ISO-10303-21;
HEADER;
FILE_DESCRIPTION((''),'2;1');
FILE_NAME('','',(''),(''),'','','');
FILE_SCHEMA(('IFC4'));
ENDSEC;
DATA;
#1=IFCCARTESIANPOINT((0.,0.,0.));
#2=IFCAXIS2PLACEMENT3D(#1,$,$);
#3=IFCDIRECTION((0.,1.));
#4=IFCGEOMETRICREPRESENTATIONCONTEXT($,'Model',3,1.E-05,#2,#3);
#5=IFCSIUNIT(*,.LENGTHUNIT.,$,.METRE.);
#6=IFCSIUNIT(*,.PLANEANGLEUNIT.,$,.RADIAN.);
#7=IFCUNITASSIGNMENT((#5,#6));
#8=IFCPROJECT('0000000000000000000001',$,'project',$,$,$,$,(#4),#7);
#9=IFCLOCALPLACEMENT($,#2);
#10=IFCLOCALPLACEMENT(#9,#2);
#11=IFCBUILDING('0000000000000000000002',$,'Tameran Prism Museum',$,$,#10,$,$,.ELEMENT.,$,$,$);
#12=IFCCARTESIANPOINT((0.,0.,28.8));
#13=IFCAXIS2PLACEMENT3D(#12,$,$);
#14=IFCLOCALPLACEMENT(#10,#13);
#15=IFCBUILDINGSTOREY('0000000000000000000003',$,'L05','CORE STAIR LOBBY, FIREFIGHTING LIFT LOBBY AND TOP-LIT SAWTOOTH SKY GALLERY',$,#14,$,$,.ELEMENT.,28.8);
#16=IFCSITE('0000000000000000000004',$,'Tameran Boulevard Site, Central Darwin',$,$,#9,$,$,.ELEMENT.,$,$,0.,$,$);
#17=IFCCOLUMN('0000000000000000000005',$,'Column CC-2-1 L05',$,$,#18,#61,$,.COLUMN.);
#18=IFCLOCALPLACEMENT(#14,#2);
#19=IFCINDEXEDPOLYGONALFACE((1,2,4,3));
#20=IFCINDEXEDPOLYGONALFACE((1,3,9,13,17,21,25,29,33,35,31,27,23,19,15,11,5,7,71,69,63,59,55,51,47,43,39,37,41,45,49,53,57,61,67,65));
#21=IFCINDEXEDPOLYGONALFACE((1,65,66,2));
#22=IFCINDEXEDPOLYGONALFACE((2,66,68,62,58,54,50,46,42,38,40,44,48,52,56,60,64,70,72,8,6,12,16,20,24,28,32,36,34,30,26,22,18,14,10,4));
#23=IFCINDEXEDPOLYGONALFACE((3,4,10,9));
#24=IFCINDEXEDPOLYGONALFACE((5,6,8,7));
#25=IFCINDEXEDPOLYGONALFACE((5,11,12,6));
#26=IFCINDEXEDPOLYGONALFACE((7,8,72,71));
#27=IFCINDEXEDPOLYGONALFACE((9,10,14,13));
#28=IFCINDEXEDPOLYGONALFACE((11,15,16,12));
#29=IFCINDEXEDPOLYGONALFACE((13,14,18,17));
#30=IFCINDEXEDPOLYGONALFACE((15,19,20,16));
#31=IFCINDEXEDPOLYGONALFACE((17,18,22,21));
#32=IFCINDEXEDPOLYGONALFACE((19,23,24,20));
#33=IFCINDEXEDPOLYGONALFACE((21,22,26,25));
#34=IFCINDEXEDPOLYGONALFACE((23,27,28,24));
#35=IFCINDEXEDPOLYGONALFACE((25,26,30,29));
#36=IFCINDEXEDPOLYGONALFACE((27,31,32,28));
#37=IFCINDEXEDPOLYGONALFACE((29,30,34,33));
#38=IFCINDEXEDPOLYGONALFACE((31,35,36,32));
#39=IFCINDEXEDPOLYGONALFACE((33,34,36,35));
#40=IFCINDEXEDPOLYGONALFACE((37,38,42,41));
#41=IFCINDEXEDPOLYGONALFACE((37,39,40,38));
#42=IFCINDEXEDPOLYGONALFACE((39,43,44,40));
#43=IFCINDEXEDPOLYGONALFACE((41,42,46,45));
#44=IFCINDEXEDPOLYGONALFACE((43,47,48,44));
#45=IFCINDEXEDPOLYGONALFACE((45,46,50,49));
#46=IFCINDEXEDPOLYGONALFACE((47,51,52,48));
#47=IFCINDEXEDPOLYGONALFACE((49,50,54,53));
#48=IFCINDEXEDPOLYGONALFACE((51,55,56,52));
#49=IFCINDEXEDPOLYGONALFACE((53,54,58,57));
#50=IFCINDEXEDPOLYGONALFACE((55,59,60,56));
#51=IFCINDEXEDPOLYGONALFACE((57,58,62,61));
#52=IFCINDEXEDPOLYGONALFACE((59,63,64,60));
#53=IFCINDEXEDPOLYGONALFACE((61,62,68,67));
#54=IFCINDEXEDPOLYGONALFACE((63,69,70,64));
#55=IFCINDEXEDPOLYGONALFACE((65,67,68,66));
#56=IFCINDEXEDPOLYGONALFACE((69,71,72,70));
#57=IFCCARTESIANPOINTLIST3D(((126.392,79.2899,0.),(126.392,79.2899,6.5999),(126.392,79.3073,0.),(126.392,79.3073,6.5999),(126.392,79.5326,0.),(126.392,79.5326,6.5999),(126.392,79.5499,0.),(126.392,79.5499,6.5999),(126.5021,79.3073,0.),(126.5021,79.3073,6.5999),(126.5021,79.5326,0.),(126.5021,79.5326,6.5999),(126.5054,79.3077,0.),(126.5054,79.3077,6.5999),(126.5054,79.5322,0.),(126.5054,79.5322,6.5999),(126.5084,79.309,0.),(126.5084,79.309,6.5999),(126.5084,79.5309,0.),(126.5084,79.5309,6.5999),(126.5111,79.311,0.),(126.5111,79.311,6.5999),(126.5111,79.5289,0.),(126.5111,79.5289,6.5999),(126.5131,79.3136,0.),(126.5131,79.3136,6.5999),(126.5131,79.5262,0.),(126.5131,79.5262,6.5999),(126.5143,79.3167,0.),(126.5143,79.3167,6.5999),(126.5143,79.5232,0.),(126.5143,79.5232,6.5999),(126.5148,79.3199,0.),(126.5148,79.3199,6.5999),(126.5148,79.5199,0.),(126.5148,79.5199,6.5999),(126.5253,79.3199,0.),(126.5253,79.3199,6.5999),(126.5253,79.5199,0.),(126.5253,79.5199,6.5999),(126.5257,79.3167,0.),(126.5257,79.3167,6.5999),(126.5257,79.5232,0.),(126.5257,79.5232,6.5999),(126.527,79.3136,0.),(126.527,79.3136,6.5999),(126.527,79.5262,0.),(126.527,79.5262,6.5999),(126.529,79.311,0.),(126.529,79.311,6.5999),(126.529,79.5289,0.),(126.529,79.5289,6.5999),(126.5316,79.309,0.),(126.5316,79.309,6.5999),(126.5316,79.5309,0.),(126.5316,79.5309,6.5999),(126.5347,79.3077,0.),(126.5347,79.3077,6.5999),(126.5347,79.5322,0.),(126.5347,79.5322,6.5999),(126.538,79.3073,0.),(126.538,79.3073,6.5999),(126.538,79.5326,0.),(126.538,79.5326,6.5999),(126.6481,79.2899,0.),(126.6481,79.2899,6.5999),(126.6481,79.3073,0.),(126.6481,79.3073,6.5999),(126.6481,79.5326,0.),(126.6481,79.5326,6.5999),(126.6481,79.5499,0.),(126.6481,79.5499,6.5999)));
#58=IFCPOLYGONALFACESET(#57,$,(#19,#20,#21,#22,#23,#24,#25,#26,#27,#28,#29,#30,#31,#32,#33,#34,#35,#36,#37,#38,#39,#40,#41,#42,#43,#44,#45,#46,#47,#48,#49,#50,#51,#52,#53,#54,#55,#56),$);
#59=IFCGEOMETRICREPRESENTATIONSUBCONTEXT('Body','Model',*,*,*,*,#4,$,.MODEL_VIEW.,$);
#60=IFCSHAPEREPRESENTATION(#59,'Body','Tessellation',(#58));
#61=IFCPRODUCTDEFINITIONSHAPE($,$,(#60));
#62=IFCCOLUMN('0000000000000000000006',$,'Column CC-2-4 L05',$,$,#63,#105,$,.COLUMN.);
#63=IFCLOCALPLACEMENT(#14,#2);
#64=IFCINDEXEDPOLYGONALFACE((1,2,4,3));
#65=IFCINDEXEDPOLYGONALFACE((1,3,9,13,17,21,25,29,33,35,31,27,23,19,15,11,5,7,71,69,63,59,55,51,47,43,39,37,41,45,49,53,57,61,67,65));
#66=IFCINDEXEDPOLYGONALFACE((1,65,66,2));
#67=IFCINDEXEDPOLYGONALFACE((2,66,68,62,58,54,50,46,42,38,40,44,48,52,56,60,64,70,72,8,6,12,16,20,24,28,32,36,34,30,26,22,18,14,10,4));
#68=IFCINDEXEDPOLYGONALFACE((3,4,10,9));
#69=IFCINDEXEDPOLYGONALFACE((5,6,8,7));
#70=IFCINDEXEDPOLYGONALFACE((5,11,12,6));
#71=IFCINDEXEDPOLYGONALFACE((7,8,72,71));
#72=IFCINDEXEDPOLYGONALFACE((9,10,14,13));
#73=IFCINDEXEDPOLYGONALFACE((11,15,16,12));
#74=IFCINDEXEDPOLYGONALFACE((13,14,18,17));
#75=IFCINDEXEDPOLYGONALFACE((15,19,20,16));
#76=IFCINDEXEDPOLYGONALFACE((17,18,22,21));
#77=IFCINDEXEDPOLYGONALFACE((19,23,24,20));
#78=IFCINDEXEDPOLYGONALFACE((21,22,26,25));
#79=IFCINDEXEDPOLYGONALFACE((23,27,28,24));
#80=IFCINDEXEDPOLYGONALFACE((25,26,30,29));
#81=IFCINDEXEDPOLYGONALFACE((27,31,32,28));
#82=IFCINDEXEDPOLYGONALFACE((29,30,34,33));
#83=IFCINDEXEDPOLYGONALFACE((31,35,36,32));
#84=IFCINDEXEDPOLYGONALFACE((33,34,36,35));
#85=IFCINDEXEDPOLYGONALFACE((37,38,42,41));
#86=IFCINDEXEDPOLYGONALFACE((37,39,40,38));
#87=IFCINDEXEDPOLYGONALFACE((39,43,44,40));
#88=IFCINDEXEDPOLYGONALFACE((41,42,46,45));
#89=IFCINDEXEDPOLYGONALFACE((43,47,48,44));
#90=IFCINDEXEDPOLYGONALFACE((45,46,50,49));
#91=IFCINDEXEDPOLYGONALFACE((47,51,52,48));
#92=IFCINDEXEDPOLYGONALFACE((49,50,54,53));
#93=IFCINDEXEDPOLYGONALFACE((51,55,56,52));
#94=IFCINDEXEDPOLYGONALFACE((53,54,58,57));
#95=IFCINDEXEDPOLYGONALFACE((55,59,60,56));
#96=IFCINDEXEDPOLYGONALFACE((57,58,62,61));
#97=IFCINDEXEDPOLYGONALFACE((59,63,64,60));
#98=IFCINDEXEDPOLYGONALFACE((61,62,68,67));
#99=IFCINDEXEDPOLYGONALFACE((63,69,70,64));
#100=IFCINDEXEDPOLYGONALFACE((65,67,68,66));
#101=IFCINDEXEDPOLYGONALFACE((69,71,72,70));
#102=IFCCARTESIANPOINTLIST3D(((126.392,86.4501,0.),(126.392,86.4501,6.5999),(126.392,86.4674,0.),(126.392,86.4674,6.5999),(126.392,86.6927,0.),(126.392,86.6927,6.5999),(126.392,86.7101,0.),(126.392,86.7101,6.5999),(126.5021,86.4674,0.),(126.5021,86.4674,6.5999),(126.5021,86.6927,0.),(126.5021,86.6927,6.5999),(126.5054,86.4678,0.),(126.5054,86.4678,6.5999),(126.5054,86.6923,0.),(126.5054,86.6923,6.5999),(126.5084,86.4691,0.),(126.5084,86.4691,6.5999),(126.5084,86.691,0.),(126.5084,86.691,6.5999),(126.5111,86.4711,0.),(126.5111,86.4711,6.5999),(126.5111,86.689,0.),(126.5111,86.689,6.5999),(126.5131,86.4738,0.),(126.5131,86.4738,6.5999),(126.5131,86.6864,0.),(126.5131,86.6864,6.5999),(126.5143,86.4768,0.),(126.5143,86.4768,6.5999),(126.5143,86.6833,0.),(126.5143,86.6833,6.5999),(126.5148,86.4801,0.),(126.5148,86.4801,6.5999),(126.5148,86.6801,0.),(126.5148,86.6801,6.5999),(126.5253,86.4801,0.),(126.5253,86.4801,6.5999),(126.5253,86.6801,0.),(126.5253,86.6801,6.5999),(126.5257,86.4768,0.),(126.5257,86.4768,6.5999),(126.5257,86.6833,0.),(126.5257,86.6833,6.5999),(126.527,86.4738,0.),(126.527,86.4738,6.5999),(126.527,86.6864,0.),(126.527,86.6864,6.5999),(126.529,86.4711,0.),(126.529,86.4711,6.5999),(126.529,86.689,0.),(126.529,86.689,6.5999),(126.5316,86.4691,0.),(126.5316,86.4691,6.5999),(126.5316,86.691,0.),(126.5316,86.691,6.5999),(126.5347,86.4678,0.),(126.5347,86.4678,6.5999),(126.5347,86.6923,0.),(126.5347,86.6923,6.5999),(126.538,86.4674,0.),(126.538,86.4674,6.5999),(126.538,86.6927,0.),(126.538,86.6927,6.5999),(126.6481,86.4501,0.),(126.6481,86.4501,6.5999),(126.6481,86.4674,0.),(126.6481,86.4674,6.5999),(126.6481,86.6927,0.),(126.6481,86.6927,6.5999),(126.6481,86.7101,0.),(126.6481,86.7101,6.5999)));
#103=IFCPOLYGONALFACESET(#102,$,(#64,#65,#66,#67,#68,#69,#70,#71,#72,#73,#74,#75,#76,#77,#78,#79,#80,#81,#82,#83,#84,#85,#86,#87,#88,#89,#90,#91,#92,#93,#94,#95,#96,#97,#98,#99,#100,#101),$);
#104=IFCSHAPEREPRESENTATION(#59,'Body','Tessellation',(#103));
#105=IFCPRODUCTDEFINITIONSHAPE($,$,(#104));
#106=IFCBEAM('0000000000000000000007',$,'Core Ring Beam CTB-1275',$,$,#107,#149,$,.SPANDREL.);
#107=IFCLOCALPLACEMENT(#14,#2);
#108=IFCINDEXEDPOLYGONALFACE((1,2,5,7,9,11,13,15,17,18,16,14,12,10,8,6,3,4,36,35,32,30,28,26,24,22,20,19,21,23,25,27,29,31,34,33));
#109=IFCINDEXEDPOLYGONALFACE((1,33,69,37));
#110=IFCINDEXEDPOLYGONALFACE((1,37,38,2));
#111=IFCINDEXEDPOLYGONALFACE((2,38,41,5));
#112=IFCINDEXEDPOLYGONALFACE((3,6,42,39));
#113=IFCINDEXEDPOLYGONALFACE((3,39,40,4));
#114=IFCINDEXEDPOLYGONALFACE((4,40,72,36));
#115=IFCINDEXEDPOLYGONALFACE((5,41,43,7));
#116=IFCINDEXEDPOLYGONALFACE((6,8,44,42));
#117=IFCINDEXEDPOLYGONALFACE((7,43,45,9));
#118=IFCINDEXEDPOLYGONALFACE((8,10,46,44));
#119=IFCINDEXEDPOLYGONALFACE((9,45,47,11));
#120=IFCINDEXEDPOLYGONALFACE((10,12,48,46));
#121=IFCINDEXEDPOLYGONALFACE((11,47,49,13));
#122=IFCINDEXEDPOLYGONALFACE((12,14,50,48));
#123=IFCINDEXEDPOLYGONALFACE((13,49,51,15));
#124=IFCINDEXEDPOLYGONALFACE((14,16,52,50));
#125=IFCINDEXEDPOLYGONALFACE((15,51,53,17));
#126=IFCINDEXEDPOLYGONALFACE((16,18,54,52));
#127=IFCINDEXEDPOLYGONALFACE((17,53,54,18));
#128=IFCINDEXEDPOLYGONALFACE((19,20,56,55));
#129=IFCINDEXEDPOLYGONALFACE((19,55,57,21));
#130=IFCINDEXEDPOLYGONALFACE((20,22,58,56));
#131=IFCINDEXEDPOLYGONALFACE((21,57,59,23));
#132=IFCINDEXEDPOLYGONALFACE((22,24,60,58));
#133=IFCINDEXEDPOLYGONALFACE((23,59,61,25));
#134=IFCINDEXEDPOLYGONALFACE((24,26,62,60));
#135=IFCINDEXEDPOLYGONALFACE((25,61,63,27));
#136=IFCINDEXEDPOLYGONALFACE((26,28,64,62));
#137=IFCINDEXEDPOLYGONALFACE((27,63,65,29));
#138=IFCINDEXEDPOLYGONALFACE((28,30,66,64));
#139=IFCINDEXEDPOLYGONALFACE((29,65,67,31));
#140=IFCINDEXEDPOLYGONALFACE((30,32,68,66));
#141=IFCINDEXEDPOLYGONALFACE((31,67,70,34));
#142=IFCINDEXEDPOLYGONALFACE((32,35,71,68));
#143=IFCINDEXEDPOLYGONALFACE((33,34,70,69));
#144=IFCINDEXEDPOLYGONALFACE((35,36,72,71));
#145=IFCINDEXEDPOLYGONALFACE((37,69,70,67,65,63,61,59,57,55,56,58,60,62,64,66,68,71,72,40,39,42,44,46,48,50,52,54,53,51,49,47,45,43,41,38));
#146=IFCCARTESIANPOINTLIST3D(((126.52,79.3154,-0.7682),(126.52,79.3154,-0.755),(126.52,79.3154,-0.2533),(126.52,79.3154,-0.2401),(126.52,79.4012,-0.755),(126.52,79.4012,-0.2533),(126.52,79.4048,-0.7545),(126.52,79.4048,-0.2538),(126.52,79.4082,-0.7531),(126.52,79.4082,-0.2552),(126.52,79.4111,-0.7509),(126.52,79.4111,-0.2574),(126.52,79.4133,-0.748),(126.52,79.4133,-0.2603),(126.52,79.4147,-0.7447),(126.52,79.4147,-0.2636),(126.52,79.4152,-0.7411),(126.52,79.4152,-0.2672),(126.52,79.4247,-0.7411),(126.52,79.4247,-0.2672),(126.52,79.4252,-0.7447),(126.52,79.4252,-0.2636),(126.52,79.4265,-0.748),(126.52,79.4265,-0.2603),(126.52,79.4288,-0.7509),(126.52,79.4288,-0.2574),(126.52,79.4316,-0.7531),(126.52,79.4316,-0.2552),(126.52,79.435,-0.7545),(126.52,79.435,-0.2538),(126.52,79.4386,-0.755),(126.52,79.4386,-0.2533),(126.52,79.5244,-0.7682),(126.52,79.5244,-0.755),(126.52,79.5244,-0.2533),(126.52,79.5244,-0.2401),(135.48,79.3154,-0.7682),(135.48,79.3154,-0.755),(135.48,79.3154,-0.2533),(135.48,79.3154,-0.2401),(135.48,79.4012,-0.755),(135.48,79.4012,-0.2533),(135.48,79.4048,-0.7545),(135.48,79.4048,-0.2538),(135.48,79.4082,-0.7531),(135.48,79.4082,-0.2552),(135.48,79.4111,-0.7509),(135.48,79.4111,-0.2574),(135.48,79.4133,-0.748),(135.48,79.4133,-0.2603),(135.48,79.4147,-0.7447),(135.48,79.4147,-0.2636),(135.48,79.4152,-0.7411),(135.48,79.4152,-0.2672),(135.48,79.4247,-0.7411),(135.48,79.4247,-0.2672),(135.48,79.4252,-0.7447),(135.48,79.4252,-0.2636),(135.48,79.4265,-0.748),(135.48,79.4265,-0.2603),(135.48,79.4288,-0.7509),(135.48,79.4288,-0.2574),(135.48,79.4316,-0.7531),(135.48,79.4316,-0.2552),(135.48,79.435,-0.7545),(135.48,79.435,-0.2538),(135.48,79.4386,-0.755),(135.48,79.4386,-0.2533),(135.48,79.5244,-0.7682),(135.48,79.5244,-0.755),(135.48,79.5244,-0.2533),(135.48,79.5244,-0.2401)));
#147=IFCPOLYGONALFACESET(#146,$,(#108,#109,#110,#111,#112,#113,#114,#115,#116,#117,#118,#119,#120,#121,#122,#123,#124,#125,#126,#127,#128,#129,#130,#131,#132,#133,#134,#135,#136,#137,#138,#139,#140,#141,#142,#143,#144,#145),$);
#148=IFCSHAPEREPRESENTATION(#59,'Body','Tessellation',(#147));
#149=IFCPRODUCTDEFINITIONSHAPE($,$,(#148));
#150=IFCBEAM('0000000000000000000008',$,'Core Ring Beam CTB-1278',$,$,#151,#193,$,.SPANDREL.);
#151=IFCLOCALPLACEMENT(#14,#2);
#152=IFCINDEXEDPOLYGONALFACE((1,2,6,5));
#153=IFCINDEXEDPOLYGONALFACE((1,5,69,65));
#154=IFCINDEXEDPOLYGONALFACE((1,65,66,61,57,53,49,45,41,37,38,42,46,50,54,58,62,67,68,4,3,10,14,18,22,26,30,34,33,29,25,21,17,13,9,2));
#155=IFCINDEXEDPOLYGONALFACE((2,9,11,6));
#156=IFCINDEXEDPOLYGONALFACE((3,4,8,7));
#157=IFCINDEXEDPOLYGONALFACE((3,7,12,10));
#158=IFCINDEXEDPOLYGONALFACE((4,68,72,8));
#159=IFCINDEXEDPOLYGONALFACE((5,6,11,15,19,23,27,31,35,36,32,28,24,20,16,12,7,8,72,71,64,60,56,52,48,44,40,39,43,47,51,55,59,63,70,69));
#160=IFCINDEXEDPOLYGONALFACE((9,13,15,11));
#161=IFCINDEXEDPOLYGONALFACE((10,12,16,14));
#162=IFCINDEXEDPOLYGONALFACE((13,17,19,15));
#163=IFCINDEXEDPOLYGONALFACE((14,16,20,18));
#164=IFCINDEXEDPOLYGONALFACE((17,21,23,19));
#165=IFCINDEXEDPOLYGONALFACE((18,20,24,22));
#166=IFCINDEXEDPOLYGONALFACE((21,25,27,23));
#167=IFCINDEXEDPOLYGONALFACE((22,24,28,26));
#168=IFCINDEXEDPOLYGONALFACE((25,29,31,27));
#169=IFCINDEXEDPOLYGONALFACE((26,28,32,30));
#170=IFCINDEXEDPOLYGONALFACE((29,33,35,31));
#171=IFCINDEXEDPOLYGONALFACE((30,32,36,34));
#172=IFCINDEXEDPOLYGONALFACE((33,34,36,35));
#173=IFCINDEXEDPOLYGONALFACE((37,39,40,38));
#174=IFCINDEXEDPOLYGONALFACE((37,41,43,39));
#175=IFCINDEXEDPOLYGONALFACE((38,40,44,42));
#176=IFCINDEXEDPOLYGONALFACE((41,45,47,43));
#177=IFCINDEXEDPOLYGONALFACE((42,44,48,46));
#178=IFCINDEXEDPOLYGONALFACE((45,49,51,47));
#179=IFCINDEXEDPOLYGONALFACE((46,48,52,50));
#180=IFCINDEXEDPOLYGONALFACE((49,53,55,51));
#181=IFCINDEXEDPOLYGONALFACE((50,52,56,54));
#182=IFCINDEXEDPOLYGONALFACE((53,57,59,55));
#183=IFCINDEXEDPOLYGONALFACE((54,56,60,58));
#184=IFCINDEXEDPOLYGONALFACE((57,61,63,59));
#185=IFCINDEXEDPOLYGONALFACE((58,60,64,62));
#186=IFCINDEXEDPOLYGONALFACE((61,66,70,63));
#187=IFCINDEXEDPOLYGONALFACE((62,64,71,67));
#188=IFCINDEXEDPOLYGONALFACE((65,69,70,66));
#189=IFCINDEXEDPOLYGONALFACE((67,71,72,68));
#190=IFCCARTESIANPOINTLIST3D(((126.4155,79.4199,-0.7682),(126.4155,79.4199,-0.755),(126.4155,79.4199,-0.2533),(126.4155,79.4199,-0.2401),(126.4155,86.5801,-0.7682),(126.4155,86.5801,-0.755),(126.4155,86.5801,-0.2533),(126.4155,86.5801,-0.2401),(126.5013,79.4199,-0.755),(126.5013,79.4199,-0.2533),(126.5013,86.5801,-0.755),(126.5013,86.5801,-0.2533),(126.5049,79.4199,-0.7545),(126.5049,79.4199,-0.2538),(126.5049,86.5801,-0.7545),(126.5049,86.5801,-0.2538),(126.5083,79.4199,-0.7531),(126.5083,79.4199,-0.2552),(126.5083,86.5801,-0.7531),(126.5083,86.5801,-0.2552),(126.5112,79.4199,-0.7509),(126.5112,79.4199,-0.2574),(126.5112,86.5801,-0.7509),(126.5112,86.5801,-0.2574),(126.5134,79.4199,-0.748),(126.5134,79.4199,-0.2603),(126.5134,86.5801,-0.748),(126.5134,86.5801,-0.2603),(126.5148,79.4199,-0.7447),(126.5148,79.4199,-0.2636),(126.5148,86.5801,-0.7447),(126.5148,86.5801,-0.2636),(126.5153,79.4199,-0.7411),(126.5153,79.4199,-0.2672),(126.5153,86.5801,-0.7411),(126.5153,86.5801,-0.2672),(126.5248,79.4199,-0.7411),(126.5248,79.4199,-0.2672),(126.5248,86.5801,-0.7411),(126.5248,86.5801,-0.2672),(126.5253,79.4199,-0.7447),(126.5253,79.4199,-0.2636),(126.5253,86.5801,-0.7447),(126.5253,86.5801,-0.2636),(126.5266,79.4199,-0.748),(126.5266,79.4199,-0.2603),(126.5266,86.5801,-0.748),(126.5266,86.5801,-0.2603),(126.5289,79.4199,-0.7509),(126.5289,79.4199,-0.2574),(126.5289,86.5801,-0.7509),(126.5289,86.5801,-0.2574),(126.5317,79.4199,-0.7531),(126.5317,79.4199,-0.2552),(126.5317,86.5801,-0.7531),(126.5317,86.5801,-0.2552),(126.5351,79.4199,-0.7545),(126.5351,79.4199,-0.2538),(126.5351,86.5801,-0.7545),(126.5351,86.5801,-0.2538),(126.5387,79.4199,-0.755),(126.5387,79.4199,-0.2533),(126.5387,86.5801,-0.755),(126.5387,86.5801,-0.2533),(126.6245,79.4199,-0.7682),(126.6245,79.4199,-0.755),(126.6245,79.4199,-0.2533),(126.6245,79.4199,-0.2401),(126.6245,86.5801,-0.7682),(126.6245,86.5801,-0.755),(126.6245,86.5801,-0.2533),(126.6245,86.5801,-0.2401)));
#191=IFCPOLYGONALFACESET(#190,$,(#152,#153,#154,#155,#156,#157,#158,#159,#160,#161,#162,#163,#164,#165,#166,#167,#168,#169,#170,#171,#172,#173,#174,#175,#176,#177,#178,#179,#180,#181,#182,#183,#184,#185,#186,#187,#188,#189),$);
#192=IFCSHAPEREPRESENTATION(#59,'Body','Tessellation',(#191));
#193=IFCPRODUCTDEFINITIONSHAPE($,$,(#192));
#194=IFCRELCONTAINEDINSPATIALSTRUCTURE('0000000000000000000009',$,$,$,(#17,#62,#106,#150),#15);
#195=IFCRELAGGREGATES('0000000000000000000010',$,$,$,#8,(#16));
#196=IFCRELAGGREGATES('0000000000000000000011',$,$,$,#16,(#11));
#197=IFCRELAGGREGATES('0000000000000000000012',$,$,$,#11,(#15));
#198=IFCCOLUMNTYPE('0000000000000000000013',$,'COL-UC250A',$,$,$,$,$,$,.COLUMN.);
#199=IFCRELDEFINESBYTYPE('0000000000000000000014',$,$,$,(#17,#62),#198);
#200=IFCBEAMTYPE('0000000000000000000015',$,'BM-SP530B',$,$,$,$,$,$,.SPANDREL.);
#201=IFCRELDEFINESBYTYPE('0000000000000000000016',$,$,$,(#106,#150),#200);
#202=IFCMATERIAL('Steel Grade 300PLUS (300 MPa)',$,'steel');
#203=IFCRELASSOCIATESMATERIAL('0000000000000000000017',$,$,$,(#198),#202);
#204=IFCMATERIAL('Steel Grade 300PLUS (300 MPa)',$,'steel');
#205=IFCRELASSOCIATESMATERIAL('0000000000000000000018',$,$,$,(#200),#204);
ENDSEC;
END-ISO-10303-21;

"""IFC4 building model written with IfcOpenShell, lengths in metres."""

from ifc_helpers import new_model, si_unit, direction, frame, origin, origin_2d, place, context, subcontext, project, spatial, i_section, extrude, material, material_profile, profile_set, type_object, element, save


model = new_model("IFC4")

# Units and contexts
model_context = context("Model", 3, precision=1e-05, world=origin(), true_north=direction((0.0, 1.0)))
body_context = subcontext(model_context, "Body", "Model", "MODEL_VIEW")
ifc_project = project(units=[si_unit("LENGTHUNIT", "METRE"), si_unit("PLANEANGLEUNIT", "RADIAN")], contexts=[model_context])

# Site, building, storey
site_placement = place(None, origin())
site = spatial("IfcSite", under=ifc_project, at=site_placement, Name="Tameran Boulevard Site, Central Darwin", CompositionType="ELEMENT", RefElevation=0.0)
building_placement = place(site_placement, origin())
building = spatial("IfcBuilding", under=site, at=building_placement, Name="Tameran Prism Museum", CompositionType="ELEMENT")
storey_placement = place(building_placement, frame((0.0, 0.0, 28.8)))
storey = spatial("IfcBuildingStorey", under=building, at=storey_placement, Name="L05", Description="CORE STAIR LOBBY, FIREFIGHTING LIFT LOBBY AND TOP-LIT SAWTOOTH SKY GALLERY", CompositionType="ELEMENT", Elevation=28.8)

# Columns
ifc_material_1 = material(Name="Steel Grade 300PLUS (300 MPa)", Category="steel")
ifc_material_profile_1 = material_profile(ifc_material_1, i_section(OverallWidth=0.2561, OverallDepth=0.26, WebThickness=0.0105, FlangeThickness=0.0173, FilletRadius=0.0127, at=origin_2d()))
ifc_profile_set_1 = profile_set([ifc_material_profile_1])
column_type = type_object("IfcColumnType", Name="COL-UC250A", PredefinedType="COLUMN", material=ifc_profile_set_1)
for number, where, z_axis, x_axis, name in (
    (1, (126.52, 79.4199, 0.0), (0.0, 0.0, 1.0), (1.0, 0.0, 0.0), "Column CC-2-1 L05"),
    (2, (126.52, 86.5801, 0.0), (0.0, 0.0, 1.0), (1.0, 0.0, 0.0), "Column CC-2-4 L05"),
):
    element("IfcColumn", number, at=place(storey_placement, frame(where, z_axis=z_axis, x_axis=x_axis)), inside=storey, type_object=column_type, Name=name, PredefinedType="COLUMN", context=body_context, shape_type="SweptSolid", body=[
        extrude(i_section(OverallWidth=0.2561, OverallDepth=0.26, WebThickness=0.0105, FlangeThickness=0.0173, FilletRadius=0.0127, at=origin_2d()), origin(), (0.0, 0.0, 1.0), 6.5999),
    ])

# Beams
ifc_material_2 = material(Name="Steel Grade 300PLUS (300 MPa)", Category="steel")
ifc_material_profile_2 = material_profile(ifc_material_2, i_section(OverallWidth=0.209, OverallDepth=0.5281, WebThickness=0.0095, FlangeThickness=0.0132, FilletRadius=0.0139, at=origin_2d()))
ifc_profile_set_2 = profile_set([ifc_material_profile_2])
beam_type = type_object("IfcBeamType", Name="BM-SP530B", PredefinedType="SPANDREL", material=ifc_profile_set_2)
beam_1_placement = place(storey_placement, frame((126.52, 79.4199, -0.5042), z_axis=(1.0, 0.0, 0.0), x_axis=(0.0, 1.0, 0.0)))
element("IfcBeam", 3, at=beam_1_placement, inside=storey, type_object=beam_type, Name="Core Ring Beam CTB-1275", PredefinedType="SPANDREL", context=body_context, shape_type="SweptSolid", body=[
    extrude(i_section(OverallWidth=0.209, OverallDepth=0.5281, WebThickness=0.0095, FlangeThickness=0.0132, FilletRadius=0.0139, at=origin_2d()), origin(), (0.0, 0.0, 1.0), 8.96),
])
beam_2_placement = place(storey_placement, frame((126.52, 86.5801, -0.5042), z_axis=(0.0, -1.0, 0.0), x_axis=(1.0, 0.0, 0.0)))
element("IfcBeam", 4, at=beam_2_placement, inside=storey, type_object=beam_type, Name="Core Ring Beam CTB-1278", PredefinedType="SPANDREL", context=body_context, shape_type="SweptSolid", body=[
    extrude(i_section(OverallWidth=0.209, OverallDepth=0.5281, WebThickness=0.0095, FlangeThickness=0.0132, FilletRadius=0.0139, at=origin_2d()), origin(), (0.0, 0.0, 1.0), 7.1602),
])

save(model, "model.ifc")
